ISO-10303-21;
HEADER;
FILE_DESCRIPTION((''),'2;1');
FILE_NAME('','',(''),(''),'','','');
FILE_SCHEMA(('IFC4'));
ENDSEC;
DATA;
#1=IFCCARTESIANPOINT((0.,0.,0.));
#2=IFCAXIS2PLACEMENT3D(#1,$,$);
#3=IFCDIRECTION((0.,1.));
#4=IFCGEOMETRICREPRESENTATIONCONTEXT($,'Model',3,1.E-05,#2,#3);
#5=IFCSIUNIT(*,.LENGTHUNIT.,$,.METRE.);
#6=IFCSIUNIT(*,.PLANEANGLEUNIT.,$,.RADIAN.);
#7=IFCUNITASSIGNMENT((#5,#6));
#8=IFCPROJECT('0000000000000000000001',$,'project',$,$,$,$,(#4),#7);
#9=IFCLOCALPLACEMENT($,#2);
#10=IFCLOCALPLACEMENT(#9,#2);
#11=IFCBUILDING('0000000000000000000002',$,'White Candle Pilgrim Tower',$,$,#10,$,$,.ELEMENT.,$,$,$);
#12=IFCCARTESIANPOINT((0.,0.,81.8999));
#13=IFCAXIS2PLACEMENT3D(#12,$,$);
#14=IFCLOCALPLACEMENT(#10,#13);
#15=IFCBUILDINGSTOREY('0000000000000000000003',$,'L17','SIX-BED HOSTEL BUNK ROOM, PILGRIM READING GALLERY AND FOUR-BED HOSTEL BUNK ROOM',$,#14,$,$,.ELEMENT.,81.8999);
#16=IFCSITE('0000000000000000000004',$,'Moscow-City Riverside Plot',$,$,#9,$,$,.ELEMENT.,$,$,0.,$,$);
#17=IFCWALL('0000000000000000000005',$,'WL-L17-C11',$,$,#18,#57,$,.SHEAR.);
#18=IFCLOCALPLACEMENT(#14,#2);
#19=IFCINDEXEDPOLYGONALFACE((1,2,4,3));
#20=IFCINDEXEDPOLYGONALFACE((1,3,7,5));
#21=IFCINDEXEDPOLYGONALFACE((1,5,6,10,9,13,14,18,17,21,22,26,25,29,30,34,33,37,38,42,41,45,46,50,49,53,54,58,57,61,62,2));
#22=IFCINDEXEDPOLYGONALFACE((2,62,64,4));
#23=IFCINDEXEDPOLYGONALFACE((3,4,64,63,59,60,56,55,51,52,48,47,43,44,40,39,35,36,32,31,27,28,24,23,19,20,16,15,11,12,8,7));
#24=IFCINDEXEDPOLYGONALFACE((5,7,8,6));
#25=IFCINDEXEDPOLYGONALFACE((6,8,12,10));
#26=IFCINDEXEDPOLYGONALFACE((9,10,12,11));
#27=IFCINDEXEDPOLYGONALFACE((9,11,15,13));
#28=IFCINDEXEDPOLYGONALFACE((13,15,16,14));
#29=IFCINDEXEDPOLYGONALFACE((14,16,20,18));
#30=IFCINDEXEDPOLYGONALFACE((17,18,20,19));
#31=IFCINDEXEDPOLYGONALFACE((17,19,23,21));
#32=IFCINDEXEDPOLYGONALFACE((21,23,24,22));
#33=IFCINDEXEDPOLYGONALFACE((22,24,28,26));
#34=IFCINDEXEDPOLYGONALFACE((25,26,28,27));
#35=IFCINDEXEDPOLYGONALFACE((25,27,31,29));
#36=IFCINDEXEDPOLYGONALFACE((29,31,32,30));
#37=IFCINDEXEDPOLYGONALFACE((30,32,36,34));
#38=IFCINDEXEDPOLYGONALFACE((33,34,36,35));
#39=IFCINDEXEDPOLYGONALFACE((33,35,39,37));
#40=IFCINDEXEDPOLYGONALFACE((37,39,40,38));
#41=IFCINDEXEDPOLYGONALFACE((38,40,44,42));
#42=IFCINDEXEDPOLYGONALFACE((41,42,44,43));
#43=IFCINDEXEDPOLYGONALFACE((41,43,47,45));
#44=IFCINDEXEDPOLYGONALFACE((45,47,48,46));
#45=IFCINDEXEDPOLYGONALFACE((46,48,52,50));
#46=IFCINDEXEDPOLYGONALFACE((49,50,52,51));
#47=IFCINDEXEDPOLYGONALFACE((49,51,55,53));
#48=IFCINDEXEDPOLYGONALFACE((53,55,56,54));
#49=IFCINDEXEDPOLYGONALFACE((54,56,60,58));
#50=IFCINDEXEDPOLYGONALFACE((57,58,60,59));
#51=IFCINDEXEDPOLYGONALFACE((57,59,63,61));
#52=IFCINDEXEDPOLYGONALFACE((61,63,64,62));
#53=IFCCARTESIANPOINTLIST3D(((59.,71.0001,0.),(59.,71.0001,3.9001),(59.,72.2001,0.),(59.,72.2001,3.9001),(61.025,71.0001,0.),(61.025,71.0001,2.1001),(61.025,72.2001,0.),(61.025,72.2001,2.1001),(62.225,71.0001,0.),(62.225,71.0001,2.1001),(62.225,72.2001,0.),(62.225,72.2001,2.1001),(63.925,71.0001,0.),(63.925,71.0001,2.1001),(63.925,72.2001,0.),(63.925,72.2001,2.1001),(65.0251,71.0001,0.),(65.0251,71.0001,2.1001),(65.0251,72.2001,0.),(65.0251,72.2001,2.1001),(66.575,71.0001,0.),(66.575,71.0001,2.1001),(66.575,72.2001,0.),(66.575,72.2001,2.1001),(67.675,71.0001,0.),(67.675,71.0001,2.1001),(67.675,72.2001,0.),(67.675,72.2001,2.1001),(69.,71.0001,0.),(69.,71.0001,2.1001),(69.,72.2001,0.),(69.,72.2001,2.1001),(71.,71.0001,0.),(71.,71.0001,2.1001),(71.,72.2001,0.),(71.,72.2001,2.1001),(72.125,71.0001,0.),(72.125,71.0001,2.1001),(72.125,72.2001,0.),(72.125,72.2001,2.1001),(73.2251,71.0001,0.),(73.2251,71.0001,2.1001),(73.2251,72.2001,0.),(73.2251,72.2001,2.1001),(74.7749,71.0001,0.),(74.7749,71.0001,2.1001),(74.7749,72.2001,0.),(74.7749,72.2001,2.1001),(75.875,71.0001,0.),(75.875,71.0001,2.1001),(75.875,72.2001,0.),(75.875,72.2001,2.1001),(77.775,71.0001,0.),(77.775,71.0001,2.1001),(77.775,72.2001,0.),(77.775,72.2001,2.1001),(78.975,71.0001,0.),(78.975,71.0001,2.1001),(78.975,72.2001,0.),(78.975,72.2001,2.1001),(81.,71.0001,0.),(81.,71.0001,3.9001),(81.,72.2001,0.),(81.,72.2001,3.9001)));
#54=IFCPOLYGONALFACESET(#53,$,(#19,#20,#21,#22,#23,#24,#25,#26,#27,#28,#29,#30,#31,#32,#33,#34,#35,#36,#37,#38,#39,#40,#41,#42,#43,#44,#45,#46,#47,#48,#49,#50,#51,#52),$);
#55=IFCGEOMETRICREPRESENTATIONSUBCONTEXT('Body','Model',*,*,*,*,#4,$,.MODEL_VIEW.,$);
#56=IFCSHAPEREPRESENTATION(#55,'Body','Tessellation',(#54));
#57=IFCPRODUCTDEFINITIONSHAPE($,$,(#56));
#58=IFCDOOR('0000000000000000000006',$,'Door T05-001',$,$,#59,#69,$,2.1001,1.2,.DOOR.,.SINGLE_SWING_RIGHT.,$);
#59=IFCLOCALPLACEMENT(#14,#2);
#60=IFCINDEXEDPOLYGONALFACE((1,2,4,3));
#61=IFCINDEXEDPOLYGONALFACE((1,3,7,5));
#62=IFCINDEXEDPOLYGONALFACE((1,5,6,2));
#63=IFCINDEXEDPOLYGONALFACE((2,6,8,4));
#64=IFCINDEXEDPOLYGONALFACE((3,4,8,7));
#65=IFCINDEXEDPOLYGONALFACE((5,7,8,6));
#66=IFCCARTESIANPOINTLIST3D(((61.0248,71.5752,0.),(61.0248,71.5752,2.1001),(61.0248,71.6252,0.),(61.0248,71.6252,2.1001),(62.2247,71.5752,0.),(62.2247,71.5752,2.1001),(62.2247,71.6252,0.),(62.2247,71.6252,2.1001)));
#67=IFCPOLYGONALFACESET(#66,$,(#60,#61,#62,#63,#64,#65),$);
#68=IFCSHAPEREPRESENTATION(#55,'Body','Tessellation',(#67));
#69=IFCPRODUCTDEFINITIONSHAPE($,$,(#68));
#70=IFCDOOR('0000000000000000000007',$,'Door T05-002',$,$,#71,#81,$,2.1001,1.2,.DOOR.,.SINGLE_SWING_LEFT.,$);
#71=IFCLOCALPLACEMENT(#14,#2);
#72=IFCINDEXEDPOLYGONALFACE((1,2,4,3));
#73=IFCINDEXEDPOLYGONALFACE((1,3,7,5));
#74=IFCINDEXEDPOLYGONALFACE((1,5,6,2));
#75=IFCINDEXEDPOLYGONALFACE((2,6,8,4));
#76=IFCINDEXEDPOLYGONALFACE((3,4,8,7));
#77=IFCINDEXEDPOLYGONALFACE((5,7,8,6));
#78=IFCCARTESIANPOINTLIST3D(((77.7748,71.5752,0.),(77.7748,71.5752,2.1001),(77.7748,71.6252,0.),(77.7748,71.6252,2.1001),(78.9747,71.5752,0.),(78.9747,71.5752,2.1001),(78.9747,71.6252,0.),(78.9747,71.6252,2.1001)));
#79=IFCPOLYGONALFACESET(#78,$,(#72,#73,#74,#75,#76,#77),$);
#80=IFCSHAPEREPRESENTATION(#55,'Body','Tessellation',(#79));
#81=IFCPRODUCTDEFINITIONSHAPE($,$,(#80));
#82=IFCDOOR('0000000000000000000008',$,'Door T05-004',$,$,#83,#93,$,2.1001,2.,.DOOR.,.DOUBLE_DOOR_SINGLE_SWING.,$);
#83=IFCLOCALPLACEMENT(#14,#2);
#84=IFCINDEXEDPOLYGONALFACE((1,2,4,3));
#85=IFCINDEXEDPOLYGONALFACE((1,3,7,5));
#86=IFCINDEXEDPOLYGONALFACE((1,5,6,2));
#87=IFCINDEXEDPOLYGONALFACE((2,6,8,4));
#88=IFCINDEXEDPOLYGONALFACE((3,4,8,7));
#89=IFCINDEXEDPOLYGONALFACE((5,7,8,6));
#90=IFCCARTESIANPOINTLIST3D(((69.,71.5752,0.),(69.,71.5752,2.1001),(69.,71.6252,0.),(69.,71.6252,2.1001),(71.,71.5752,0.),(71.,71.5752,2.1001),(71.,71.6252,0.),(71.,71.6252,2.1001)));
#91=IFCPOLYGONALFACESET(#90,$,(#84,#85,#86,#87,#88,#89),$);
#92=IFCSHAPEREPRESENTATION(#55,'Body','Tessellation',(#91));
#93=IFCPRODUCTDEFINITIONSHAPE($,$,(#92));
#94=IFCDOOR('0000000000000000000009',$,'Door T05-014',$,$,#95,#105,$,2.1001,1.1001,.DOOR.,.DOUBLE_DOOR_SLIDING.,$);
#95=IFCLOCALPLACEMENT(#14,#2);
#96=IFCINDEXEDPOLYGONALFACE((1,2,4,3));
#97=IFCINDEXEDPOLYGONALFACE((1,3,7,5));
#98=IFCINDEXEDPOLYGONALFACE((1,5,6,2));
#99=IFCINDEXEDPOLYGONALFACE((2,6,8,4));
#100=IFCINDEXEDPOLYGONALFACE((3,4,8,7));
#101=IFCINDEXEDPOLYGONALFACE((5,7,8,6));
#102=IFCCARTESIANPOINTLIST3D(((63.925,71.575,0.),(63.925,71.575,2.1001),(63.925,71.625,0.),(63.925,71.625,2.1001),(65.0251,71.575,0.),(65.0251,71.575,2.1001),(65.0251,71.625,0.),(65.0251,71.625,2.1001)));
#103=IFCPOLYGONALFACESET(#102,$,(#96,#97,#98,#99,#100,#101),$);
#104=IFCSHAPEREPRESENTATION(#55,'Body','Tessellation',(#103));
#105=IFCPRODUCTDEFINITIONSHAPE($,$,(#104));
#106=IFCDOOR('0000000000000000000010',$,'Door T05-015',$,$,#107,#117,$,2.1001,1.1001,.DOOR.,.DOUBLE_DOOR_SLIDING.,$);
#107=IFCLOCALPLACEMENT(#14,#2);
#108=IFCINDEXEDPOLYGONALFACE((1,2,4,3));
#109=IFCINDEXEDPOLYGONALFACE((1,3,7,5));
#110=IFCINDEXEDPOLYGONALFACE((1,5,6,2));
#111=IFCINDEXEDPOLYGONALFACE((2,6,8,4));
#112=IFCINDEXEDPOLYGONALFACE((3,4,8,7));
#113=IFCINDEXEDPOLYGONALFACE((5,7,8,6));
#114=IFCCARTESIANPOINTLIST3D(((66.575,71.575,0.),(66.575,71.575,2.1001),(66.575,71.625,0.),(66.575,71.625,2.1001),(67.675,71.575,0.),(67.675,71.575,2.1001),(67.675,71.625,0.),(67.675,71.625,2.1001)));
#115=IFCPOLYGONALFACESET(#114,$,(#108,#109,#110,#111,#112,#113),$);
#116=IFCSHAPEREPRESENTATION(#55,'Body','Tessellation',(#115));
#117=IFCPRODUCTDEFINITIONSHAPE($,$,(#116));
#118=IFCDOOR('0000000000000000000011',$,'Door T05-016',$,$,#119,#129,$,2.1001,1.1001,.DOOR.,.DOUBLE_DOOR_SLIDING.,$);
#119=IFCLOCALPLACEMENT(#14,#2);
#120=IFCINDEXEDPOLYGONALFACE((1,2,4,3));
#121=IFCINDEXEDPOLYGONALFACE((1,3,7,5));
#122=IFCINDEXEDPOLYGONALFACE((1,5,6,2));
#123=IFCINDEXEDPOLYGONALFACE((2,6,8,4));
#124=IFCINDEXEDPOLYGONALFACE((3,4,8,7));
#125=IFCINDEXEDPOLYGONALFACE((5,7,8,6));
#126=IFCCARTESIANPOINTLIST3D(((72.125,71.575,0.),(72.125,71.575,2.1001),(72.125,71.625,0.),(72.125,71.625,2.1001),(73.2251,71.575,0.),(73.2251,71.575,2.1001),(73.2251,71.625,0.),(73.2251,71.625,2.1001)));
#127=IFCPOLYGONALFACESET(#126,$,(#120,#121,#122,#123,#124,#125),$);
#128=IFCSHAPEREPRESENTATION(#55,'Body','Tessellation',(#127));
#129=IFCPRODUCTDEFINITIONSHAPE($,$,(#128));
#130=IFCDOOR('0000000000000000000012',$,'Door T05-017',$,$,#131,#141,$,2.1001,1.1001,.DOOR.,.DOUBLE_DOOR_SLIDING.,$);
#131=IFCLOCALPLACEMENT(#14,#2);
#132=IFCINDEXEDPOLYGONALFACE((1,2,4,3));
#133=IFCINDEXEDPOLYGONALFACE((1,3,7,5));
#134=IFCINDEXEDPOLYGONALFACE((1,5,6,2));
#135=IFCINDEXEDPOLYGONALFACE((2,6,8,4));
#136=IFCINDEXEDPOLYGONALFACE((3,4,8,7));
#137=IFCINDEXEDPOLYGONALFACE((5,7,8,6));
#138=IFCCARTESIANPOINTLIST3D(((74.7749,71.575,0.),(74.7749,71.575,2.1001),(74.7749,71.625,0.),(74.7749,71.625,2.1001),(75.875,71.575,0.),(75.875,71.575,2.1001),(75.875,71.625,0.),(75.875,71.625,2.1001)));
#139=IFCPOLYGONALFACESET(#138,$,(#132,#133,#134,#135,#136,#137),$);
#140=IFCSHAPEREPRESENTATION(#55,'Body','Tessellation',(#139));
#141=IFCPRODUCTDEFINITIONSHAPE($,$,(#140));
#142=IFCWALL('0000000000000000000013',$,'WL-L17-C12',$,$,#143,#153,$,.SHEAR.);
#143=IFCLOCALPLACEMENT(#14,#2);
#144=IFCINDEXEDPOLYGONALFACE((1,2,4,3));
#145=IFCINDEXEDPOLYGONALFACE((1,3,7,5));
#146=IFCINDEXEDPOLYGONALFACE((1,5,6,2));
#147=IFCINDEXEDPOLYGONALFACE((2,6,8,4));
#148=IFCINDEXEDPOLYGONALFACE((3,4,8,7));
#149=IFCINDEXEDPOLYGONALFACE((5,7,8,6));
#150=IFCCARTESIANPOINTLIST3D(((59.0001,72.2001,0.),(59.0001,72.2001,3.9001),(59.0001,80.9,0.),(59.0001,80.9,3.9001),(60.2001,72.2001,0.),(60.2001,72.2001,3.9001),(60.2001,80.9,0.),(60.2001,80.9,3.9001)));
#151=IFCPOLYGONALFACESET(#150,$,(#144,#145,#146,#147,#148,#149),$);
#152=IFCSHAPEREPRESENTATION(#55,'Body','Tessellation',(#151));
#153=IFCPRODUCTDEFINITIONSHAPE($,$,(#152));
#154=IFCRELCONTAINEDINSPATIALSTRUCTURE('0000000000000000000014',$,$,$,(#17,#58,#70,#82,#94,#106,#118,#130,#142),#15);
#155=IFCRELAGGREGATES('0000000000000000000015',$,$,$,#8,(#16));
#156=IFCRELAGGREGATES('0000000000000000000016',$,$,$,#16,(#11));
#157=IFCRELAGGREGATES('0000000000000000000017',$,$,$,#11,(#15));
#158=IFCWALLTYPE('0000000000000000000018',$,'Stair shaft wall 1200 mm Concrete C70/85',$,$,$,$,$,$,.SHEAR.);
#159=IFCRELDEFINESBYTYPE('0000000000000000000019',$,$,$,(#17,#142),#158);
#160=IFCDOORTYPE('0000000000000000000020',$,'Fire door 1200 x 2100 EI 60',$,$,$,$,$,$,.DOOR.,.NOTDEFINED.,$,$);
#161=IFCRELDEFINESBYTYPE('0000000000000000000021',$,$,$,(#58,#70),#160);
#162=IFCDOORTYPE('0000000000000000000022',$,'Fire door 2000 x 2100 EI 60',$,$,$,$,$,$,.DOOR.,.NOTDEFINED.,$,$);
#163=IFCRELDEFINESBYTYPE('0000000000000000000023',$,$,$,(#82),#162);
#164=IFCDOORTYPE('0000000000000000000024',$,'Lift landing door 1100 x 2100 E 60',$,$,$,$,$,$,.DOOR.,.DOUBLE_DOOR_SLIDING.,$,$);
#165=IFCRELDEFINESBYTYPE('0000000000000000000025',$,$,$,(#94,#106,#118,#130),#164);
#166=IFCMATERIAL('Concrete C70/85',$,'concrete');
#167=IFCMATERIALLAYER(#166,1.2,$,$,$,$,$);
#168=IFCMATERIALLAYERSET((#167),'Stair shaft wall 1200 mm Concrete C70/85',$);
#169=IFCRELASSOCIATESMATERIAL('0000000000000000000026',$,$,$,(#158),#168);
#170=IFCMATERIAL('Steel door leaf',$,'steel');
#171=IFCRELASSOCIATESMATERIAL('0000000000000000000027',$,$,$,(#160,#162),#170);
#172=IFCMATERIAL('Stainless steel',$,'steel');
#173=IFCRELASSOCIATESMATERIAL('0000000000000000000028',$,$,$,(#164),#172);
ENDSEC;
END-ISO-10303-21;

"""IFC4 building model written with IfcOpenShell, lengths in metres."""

from ifc_helpers import new_model, si_unit, direction, frame, frame_2d, origin, place, context, subcontext, project, spatial, rectangle, extrude, material, layer, layer_set, type_object, element, fill, save


model = new_model("IFC4")

# Units and contexts
model_context = context("Model", 3, precision=1e-05, world=origin(), true_north=direction((0.0, 1.0)))
body_context = subcontext(model_context, "Body", "Model", "MODEL_VIEW")
ifc_project = project(units=[si_unit("LENGTHUNIT", "METRE"), si_unit("PLANEANGLEUNIT", "RADIAN")], contexts=[model_context])

# Site, building, storey
site_placement = place(None, origin())
site = spatial("IfcSite", under=ifc_project, at=site_placement, Name="Moscow-City Riverside Plot", CompositionType="ELEMENT", RefElevation=0.0)
building_placement = place(site_placement, origin())
building = spatial("IfcBuilding", under=site, at=building_placement, Name="White Candle Pilgrim Tower", CompositionType="ELEMENT")
storey_placement = place(building_placement, frame((0.0, 0.0, 81.8999)))
storey = spatial("IfcBuildingStorey", under=building, at=storey_placement, Name="L17", Description="SIX-BED HOSTEL BUNK ROOM, PILGRIM READING GALLERY AND FOUR-BED HOSTEL BUNK ROOM", CompositionType="ELEMENT", Elevation=81.8999)

# Shared definitions
ifc_material_1 = material(Name="Steel door leaf", Category="steel")

# Wall, openings, doors
ifc_material_2 = material(Name="Concrete C70/85", Category="concrete")
ifc_layer_1 = layer(ifc_material_2, 1.2)
ifc_layer_set_1 = layer_set([ifc_layer_1], Name="Stair shaft wall 1200 mm Concrete C70/85")
wall_type_1 = type_object("IfcWallType", Name="Stair shaft wall 1200 mm Concrete C70/85", PredefinedType="SHEAR", material=ifc_layer_set_1)
wall_1_placement = place(storey_placement, frame((59.0, 71.6001, 0.0), z_axis=(0.0, 0.0, 1.0), x_axis=(1.0, 0.0, 0.0)))
wall_1 = element("IfcWall", 1, at=wall_1_placement, inside=storey, type_object=wall_type_1, Name="WL-L17-C11", PredefinedType="SHEAR", context=body_context, shape_type="SweptSolid", body=[
    extrude(rectangle(XDim=22.0, YDim=1.2, at=frame_2d((11.0, 0.0))), origin(), (0.0, 0.0, 1.0), 3.9001),
])
opening_1_placement = place(wall_1_placement, frame((2.0249, 0.0, 0.0)))
opening_1 = element("IfcOpeningElement", 2, at=opening_1_placement, cuts=wall_1, PredefinedType="OPENING", context=body_context, shape_type="SweptSolid", body=[
    extrude(rectangle(XDim=1.2, YDim=2.1001, at=frame_2d((0.6001, 1.05))), frame((0.0, 0.6099, 0.0), z_axis=(0.0, -1.0, 0.0), x_axis=(1.0, 0.0, 0.0)), (0.0, 0.0, 1.0), 1.22),
])
opening_2_placement = place(wall_1_placement, frame((18.7749, 0.0, 0.0)))
opening_2 = element("IfcOpeningElement", 3, at=opening_2_placement, cuts=wall_1, PredefinedType="OPENING", context=body_context, shape_type="SweptSolid", body=[
    extrude(rectangle(XDim=1.2, YDim=2.1001, at=frame_2d((0.6001, 1.05))), frame((0.0, 0.6099, 0.0), z_axis=(0.0, -1.0, 0.0), x_axis=(1.0, 0.0, 0.0)), (0.0, 0.0, 1.0), 1.22),
])
opening_3_placement = place(wall_1_placement, frame((10.0, 0.0, 0.0)))
opening_3 = element("IfcOpeningElement", 4, at=opening_3_placement, cuts=wall_1, PredefinedType="OPENING", context=body_context, shape_type="SweptSolid", body=[
    extrude(rectangle(XDim=2.0, YDim=2.1001, at=frame_2d((1.0, 1.05))), frame((0.0, 0.6099, 0.0), z_axis=(0.0, -1.0, 0.0), x_axis=(1.0, 0.0, 0.0)), (0.0, 0.0, 1.0), 1.22),
])
opening_4_placement = place(wall_1_placement, frame((4.925, 0.0, 0.0)))
opening_4 = element("IfcOpeningElement", 5, at=opening_4_placement, cuts=wall_1, PredefinedType="OPENING", context=body_context, shape_type="SweptSolid", body=[
    extrude(rectangle(XDim=1.1001, YDim=2.1001, at=frame_2d((0.55, 1.05))), frame((0.0, 0.6099, 0.0), z_axis=(0.0, -1.0, 0.0), x_axis=(1.0, 0.0, 0.0)), (0.0, 0.0, 1.0), 1.22),
])
opening_5_placement = place(wall_1_placement, frame((7.575, 0.0, 0.0)))
opening_5 = element("IfcOpeningElement", 6, at=opening_5_placement, cuts=wall_1, PredefinedType="OPENING", context=body_context, shape_type="SweptSolid", body=[
    extrude(rectangle(XDim=1.1001, YDim=2.1001, at=frame_2d((0.55, 1.05))), frame((0.0, 0.6099, 0.0), z_axis=(0.0, -1.0, 0.0), x_axis=(1.0, 0.0, 0.0)), (0.0, 0.0, 1.0), 1.22),
])
opening_6_placement = place(wall_1_placement, frame((13.125, 0.0, 0.0)))
opening_6 = element("IfcOpeningElement", 7, at=opening_6_placement, cuts=wall_1, PredefinedType="OPENING", context=body_context, shape_type="SweptSolid", body=[
    extrude(rectangle(XDim=1.1001, YDim=2.1001, at=frame_2d((0.55, 1.05))), frame((0.0, 0.6099, 0.0), z_axis=(0.0, -1.0, 0.0), x_axis=(1.0, 0.0, 0.0)), (0.0, 0.0, 1.0), 1.22),
])
opening_7_placement = place(wall_1_placement, frame((15.7749, 0.0, 0.0)))
opening_7 = element("IfcOpeningElement", 8, at=opening_7_placement, cuts=wall_1, PredefinedType="OPENING", context=body_context, shape_type="SweptSolid", body=[
    extrude(rectangle(XDim=1.1001, YDim=2.1001, at=frame_2d((0.55, 1.05))), frame((0.0, 0.6099, 0.0), z_axis=(0.0, -1.0, 0.0), x_axis=(1.0, 0.0, 0.0)), (0.0, 0.0, 1.0), 1.22),
])
door_type_1 = type_object("IfcDoorType", Name="Fire door 1200 x 2100 EI 60", OperationType="NOTDEFINED", PredefinedType="DOOR", material=ifc_material_1)
door_1_placement = place(opening_1_placement, frame((1.2, 0.0, 0.0), z_axis=(0.0, 0.0, 1.0), x_axis=(-1.0, 0.0, 0.0)))
door_1 = element("IfcDoor", 9, at=door_1_placement, inside=storey, type_object=door_type_1, Name="Door T05-001", OperationType="SINGLE_SWING_RIGHT", OverallHeight=2.1001, OverallWidth=1.2, PredefinedType="DOOR", context=body_context, shape_type="SweptSolid", body=[
    extrude(rectangle(XDim=1.2, YDim=2.1001, at=frame_2d((0.6001, 1.05))), frame((0.0, 0.0249, 0.0), z_axis=(0.0, -1.0, 0.0), x_axis=(1.0, 0.0, 0.0)), (0.0, 0.0, 1.0), 0.05),
])
fill(opening_1, door_1)
door_2_placement = place(opening_2_placement, frame((1.2, 0.0, 0.0), z_axis=(0.0, 0.0, 1.0), x_axis=(-1.0, 0.0, 0.0)))
door_2 = element("IfcDoor", 10, at=door_2_placement, inside=storey, type_object=door_type_1, Name="Door T05-002", OperationType="SINGLE_SWING_LEFT", OverallHeight=2.1001, OverallWidth=1.2, PredefinedType="DOOR", context=body_context, shape_type="SweptSolid", body=[
    extrude(rectangle(XDim=1.2, YDim=2.1001, at=frame_2d((0.6001, 1.05))), frame((0.0, 0.0249, 0.0), z_axis=(0.0, -1.0, 0.0), x_axis=(1.0, 0.0, 0.0)), (0.0, 0.0, 1.0), 0.05),
])
fill(opening_2, door_2)
door_type_2 = type_object("IfcDoorType", Name="Fire door 2000 x 2100 EI 60", OperationType="NOTDEFINED", PredefinedType="DOOR", material=ifc_material_1)
door_3_placement = place(opening_3_placement, frame((2.0, 0.0, 0.0), z_axis=(0.0, 0.0, 1.0), x_axis=(-1.0, 0.0, 0.0)))
door_3 = element("IfcDoor", 11, at=door_3_placement, inside=storey, type_object=door_type_2, Name="Door T05-004", OperationType="DOUBLE_DOOR_SINGLE_SWING", OverallHeight=2.1001, OverallWidth=2.0, PredefinedType="DOOR", context=body_context, shape_type="SweptSolid", body=[
    extrude(rectangle(XDim=2.0, YDim=2.1001, at=frame_2d((1.0, 1.05))), frame((0.0, 0.0249, 0.0), z_axis=(0.0, -1.0, 0.0), x_axis=(1.0, 0.0, 0.0)), (0.0, 0.0, 1.0), 0.05),
])
fill(opening_3, door_3)
ifc_material_3 = material(Name="Stainless steel", Category="steel")
door_type_3 = type_object("IfcDoorType", Name="Lift landing door 1100 x 2100 E 60", OperationType="DOUBLE_DOOR_SLIDING", PredefinedType="DOOR", material=ifc_material_3)
door_4_placement = place(opening_4_placement, origin())
door_4 = element("IfcDoor", 12, at=door_4_placement, inside=storey, type_object=door_type_3, Name="Door T05-014", OperationType="DOUBLE_DOOR_SLIDING", OverallHeight=2.1001, OverallWidth=1.1001, PredefinedType="DOOR", context=body_context, shape_type="SweptSolid", body=[
    extrude(rectangle(XDim=1.1001, YDim=2.1001, at=frame_2d((0.55, 1.05))), frame((0.0, 0.0249, 0.0), z_axis=(0.0, -1.0, 0.0), x_axis=(1.0, 0.0, 0.0)), (0.0, 0.0, 1.0), 0.05),
])
fill(opening_4, door_4)
door_5_placement = place(opening_5_placement, origin())
door_5 = element("IfcDoor", 13, at=door_5_placement, inside=storey, type_object=door_type_3, Name="Door T05-015", OperationType="DOUBLE_DOOR_SLIDING", OverallHeight=2.1001, OverallWidth=1.1001, PredefinedType="DOOR", context=body_context, shape_type="SweptSolid", body=[
    extrude(rectangle(XDim=1.1001, YDim=2.1001, at=frame_2d((0.55, 1.05))), frame((0.0, 0.0249, 0.0), z_axis=(0.0, -1.0, 0.0), x_axis=(1.0, 0.0, 0.0)), (0.0, 0.0, 1.0), 0.05),
])
fill(opening_5, door_5)
door_6_placement = place(opening_6_placement, origin())
door_6 = element("IfcDoor", 14, at=door_6_placement, inside=storey, type_object=door_type_3, Name="Door T05-016", OperationType="DOUBLE_DOOR_SLIDING", OverallHeight=2.1001, OverallWidth=1.1001, PredefinedType="DOOR", context=body_context, shape_type="SweptSolid", body=[
    extrude(rectangle(XDim=1.1001, YDim=2.1001, at=frame_2d((0.55, 1.05))), frame((0.0, 0.0249, 0.0), z_axis=(0.0, -1.0, 0.0), x_axis=(1.0, 0.0, 0.0)), (0.0, 0.0, 1.0), 0.05),
])
fill(opening_6, door_6)
door_7_placement = place(opening_7_placement, origin())
door_7 = element("IfcDoor", 15, at=door_7_placement, inside=storey, type_object=door_type_3, Name="Door T05-017", OperationType="DOUBLE_DOOR_SLIDING", OverallHeight=2.1001, OverallWidth=1.1001, PredefinedType="DOOR", context=body_context, shape_type="SweptSolid", body=[
    extrude(rectangle(XDim=1.1001, YDim=2.1001, at=frame_2d((0.55, 1.05))), frame((0.0, 0.0249, 0.0), z_axis=(0.0, -1.0, 0.0), x_axis=(1.0, 0.0, 0.0)), (0.0, 0.0, 1.0), 0.05),
])
fill(opening_7, door_7)

# Wall
wall_2_placement = place(storey_placement, frame((59.6001, 72.2, 0.0), z_axis=(0.0, 0.0, 1.0), x_axis=(0.0, 1.0, 0.0)))
element("IfcWall", 16, at=wall_2_placement, inside=storey, type_object=wall_type_1, Name="WL-L17-C12", PredefinedType="SHEAR", context=body_context, shape_type="SweptSolid", body=[
    extrude(rectangle(XDim=8.7, YDim=1.2, at=frame_2d((4.3501, 0.0))), origin(), (0.0, 0.0, 1.0), 3.9001),
])

save(model, "model.ifc")
